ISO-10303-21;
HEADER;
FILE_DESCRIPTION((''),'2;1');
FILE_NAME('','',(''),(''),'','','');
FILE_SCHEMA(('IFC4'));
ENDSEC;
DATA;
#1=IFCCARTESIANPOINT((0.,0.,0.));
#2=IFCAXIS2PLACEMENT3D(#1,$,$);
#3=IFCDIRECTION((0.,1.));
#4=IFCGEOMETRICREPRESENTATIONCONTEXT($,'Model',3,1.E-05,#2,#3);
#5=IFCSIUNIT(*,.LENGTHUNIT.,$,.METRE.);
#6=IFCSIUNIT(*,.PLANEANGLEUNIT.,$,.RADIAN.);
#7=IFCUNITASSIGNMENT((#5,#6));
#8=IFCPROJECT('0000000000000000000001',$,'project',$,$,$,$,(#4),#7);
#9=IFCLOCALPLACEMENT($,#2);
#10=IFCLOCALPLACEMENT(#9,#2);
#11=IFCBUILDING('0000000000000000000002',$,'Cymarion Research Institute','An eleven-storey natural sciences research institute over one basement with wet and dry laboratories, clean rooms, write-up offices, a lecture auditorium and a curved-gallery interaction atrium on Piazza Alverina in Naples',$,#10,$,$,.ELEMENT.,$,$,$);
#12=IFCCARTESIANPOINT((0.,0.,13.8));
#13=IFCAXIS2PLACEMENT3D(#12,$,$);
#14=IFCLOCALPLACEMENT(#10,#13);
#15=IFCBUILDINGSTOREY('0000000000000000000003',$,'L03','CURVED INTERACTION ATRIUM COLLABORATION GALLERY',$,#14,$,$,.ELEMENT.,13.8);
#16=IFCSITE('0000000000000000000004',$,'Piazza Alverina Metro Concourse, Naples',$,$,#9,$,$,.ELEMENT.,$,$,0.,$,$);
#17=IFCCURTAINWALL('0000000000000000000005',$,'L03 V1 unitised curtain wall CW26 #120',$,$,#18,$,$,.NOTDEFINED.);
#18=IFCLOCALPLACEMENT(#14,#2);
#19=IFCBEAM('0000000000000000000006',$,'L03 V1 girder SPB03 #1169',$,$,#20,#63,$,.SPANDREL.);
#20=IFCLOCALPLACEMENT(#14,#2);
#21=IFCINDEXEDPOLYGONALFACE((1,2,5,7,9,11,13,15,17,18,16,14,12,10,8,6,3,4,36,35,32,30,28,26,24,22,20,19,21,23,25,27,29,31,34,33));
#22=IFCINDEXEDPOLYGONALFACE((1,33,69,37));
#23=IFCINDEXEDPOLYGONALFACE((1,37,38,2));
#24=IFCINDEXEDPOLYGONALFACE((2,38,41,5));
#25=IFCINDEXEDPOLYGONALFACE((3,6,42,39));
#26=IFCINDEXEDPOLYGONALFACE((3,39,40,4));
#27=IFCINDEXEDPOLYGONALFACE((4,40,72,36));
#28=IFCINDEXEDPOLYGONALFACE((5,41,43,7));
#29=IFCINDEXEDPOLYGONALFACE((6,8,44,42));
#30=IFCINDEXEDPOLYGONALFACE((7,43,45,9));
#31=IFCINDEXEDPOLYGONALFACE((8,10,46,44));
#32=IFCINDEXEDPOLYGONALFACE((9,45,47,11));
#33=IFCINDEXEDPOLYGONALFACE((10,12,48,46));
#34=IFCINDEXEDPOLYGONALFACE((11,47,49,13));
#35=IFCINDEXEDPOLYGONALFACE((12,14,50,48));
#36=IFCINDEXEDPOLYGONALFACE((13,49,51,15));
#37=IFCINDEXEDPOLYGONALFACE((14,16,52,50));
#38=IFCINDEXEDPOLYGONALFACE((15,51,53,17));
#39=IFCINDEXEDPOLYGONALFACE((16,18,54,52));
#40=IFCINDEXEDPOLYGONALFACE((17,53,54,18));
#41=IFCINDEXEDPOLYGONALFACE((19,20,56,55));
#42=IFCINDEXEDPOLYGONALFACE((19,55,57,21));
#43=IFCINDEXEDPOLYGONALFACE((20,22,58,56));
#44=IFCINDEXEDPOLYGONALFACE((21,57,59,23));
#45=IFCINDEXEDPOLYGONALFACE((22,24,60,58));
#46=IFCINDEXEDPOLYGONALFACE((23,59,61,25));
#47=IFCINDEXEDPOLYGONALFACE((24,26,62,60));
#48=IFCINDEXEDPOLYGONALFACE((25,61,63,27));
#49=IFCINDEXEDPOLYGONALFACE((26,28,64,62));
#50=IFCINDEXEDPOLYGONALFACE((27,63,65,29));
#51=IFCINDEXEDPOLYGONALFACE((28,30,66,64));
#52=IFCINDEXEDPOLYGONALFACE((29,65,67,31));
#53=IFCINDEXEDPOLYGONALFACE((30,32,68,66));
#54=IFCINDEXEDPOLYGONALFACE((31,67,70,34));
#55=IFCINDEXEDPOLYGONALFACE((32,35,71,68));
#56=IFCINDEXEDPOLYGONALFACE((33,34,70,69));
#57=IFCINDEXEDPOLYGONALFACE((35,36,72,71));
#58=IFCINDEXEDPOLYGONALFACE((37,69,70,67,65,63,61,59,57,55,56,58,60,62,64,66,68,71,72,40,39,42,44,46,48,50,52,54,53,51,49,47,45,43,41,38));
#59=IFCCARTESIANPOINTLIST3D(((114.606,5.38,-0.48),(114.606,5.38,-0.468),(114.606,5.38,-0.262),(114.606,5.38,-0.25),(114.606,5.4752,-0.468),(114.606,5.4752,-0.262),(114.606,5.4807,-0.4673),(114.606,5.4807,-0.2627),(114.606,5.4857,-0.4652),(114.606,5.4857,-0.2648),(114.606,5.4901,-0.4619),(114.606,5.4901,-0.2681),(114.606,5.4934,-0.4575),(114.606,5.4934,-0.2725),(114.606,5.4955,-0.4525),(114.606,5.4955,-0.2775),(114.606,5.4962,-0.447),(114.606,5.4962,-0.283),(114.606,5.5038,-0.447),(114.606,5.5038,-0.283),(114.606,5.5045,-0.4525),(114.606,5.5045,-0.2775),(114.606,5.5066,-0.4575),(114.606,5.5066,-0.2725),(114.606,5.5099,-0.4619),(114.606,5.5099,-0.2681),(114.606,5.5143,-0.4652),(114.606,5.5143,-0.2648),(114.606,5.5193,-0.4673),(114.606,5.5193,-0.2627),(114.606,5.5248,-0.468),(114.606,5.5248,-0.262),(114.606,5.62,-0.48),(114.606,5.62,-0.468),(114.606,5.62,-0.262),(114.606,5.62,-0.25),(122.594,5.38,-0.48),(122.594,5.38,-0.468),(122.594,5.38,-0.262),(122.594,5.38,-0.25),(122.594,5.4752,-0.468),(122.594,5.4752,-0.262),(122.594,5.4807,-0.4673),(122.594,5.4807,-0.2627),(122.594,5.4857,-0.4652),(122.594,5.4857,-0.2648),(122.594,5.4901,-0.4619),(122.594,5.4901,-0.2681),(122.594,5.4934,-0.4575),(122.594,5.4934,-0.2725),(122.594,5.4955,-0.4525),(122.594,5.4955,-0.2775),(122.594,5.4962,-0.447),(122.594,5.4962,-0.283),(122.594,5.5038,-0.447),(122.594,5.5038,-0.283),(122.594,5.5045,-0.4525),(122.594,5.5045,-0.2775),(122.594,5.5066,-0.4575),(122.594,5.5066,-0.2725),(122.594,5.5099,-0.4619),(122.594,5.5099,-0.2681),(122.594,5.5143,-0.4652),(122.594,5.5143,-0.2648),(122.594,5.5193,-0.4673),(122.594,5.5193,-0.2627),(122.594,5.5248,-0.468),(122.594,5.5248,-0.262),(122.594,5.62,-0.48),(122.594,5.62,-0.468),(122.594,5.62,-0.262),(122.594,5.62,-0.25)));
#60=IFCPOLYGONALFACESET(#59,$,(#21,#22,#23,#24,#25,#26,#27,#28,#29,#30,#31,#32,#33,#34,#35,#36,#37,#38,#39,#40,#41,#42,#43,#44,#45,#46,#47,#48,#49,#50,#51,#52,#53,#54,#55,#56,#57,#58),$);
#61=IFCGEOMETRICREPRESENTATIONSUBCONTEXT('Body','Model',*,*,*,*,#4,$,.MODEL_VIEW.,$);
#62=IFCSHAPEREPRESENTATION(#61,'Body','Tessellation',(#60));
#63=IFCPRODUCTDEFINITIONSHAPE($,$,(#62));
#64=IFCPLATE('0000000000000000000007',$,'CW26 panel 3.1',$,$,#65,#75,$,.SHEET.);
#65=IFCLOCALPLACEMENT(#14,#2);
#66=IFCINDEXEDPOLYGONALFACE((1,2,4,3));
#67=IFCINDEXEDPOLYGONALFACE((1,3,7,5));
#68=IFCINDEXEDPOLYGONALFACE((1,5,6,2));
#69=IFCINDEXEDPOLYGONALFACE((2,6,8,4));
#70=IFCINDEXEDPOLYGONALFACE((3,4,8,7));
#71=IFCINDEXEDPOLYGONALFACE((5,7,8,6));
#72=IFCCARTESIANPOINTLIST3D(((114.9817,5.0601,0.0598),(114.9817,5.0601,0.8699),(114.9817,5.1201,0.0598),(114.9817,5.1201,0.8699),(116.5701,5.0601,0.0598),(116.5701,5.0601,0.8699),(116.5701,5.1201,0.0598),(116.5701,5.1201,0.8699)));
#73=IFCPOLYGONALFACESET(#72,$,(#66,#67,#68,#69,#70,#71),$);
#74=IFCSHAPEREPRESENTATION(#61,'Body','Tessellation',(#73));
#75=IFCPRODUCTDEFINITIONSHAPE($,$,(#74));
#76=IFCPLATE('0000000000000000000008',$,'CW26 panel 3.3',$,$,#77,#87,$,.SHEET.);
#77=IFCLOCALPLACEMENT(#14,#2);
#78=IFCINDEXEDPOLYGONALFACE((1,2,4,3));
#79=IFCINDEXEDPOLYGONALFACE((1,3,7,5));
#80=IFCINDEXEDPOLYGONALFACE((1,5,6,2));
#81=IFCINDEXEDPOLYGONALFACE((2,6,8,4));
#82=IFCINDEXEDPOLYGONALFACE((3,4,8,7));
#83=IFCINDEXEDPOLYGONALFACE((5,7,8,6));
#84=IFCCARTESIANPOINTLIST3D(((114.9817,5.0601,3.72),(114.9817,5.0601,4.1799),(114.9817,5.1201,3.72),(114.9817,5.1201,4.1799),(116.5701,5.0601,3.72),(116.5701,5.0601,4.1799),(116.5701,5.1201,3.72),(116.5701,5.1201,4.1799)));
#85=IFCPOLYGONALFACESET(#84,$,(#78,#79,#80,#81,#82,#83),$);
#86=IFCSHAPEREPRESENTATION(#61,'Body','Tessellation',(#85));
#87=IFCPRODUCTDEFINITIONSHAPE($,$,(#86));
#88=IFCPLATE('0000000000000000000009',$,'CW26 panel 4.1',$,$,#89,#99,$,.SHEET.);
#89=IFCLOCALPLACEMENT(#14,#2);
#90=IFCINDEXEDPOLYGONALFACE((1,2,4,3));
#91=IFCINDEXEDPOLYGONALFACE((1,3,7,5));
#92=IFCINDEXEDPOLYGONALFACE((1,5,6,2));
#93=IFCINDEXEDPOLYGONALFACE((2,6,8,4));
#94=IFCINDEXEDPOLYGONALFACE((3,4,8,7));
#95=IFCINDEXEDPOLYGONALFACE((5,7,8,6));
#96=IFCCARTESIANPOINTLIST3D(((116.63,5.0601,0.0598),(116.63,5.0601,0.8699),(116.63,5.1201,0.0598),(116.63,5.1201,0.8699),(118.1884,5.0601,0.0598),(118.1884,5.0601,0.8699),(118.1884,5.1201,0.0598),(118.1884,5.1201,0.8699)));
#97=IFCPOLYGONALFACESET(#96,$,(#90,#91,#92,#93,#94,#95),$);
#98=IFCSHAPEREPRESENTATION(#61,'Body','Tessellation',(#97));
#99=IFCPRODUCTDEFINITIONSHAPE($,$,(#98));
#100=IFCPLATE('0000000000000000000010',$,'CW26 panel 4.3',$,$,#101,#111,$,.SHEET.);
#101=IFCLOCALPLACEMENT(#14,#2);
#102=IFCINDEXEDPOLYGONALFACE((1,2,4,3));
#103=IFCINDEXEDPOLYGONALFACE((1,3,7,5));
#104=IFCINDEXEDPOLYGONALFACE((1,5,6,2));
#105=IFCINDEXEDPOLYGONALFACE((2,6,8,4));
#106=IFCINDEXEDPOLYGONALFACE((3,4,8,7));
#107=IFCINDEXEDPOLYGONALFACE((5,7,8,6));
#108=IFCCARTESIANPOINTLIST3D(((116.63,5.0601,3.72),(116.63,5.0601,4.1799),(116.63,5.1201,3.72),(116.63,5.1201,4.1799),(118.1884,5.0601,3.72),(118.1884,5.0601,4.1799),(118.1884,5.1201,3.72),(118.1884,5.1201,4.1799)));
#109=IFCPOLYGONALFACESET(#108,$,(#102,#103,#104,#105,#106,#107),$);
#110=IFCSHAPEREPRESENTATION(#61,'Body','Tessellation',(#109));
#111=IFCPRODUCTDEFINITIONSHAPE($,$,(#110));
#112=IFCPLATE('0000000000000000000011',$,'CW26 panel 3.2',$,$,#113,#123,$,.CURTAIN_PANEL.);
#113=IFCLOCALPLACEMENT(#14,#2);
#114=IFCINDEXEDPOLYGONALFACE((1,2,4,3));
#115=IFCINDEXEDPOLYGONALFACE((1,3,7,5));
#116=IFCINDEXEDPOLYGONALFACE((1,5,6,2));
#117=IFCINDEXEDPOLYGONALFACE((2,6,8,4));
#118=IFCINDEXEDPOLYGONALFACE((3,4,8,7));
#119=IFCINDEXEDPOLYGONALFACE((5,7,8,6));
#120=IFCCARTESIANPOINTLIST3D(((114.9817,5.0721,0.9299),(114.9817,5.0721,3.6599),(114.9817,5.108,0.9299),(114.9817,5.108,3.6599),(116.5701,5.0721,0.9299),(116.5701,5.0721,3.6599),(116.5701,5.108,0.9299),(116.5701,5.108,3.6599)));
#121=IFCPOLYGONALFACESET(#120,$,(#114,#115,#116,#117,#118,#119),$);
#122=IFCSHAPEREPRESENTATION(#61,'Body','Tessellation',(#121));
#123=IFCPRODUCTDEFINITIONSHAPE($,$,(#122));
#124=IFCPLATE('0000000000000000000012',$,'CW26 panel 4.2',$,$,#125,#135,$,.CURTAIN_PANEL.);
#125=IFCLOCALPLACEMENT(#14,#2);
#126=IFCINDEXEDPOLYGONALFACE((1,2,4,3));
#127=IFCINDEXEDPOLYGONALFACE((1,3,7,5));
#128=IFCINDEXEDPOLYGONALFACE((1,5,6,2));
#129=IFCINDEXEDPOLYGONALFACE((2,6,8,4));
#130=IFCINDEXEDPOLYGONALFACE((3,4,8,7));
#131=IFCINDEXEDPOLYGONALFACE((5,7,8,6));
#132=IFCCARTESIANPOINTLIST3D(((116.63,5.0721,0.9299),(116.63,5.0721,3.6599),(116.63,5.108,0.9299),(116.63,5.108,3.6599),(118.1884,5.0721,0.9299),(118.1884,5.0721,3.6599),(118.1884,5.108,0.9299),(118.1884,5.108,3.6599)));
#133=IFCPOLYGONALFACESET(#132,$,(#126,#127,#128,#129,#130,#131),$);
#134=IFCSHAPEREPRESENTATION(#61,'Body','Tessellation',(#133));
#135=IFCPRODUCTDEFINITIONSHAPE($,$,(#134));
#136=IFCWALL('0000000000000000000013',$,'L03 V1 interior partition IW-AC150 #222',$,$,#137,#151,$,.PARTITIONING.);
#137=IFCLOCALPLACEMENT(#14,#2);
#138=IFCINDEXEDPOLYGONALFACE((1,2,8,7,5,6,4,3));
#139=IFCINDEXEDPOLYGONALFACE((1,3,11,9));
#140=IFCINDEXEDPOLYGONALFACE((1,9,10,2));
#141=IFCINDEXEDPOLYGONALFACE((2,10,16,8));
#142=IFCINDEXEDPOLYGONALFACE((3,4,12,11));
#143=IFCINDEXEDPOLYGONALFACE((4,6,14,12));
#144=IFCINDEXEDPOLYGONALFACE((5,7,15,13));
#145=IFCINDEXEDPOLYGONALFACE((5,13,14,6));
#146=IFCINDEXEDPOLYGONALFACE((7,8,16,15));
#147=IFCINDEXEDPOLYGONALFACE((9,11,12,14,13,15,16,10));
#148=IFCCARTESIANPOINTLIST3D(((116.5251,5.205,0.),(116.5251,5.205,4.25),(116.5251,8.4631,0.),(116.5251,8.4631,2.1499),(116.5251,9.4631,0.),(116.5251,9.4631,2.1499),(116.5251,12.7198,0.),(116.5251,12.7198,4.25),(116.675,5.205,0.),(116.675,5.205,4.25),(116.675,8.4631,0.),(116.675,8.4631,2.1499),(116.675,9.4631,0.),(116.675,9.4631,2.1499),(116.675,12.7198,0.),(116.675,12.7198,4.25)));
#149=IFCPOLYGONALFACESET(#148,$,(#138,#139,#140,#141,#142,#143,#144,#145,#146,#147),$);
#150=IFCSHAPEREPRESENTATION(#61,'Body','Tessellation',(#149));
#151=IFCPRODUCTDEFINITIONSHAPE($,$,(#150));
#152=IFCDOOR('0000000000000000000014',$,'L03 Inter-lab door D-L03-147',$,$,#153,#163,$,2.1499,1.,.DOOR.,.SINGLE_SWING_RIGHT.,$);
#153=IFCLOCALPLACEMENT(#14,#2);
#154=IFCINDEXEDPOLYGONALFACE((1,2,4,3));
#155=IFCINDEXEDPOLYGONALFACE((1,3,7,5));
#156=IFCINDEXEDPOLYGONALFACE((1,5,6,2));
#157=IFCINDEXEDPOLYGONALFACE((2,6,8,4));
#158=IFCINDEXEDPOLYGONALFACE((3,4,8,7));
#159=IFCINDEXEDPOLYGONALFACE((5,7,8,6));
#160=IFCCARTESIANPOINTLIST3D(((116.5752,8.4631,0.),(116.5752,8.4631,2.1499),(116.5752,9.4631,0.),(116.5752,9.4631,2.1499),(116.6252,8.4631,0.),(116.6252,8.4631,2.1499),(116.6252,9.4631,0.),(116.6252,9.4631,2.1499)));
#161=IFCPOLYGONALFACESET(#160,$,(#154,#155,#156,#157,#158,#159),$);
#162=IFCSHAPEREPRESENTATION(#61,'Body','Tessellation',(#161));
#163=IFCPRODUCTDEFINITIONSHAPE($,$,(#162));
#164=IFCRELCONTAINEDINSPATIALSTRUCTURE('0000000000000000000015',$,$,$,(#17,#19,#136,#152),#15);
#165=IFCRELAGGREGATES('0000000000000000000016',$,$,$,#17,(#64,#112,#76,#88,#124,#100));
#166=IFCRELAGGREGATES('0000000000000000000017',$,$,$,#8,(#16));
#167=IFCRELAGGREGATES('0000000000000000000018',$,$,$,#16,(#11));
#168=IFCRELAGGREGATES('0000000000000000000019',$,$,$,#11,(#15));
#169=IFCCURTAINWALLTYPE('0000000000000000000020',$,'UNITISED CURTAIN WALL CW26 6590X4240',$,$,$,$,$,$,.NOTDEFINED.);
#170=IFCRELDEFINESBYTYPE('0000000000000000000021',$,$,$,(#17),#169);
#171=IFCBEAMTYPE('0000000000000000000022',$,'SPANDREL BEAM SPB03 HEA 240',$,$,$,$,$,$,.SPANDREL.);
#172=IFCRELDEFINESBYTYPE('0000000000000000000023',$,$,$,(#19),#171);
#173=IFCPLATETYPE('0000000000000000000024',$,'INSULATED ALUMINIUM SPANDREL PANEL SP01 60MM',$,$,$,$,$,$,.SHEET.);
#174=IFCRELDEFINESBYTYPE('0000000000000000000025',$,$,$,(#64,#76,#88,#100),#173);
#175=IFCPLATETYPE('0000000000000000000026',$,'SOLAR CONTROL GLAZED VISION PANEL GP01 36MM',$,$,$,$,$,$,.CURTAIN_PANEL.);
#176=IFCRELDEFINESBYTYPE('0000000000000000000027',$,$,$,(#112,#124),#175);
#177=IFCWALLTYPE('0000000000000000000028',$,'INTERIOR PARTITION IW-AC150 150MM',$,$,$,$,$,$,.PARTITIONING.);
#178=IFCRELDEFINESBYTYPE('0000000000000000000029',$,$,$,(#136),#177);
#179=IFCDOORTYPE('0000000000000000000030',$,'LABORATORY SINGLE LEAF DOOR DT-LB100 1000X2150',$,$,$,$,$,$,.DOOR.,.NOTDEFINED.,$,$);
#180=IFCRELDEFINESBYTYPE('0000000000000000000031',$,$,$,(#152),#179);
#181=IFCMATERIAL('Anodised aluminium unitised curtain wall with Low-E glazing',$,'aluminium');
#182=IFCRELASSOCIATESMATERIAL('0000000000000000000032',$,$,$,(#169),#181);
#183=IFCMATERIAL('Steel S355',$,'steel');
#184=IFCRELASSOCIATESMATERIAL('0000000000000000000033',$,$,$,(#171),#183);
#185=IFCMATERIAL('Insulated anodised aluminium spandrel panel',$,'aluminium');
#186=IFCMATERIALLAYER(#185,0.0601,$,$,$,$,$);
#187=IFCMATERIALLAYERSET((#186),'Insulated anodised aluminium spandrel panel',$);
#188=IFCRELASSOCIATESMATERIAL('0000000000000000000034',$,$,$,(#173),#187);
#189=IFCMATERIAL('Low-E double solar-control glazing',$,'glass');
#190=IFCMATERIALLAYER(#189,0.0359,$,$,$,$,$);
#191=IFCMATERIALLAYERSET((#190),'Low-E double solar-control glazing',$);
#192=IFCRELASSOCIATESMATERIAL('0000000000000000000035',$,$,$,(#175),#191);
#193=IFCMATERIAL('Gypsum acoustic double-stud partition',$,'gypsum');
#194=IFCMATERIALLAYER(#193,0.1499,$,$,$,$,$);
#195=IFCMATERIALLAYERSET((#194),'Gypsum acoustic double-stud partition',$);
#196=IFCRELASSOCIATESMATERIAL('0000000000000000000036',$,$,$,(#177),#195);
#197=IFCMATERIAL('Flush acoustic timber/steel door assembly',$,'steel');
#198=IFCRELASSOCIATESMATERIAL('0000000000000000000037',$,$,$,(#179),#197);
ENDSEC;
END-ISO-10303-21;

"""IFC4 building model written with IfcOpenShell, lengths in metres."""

from ifc_helpers import new_model, si_unit, direction, frame, frame_2d, origin, origin_2d, place, context, subcontext, project, spatial, rectangle, i_section, extrude, material, layer, layer_set, material_profile, profile_set, type_object, element, fill, aggregate, save


model = new_model("IFC4")

# Units and contexts
model_context = context("Model", 3, precision=1e-05, world=origin(), true_north=direction((0.0, 1.0)))
body_context = subcontext(model_context, "Body", "Model", "MODEL_VIEW")
ifc_project = project(units=[si_unit("LENGTHUNIT", "METRE"), si_unit("PLANEANGLEUNIT", "RADIAN")], contexts=[model_context])

# Site, building, storey
site_placement = place(None, origin())
site = spatial("IfcSite", under=ifc_project, at=site_placement, Name="Piazza Alverina Metro Concourse, Naples", CompositionType="ELEMENT", RefElevation=0.0)
building_placement = place(site_placement, origin())
building = spatial("IfcBuilding", under=site, at=building_placement, Name="Cymarion Research Institute", Description="An eleven-storey natural sciences research institute over one basement with wet and dry laboratories, clean rooms, write-up offices, a lecture auditorium and a curved-gallery interaction atrium on Piazza Alverina in Naples", CompositionType="ELEMENT")
storey_placement = place(building_placement, frame((0.0, 0.0, 13.8)))
storey = spatial("IfcBuildingStorey", under=building, at=storey_placement, Name="L03", Description="CURVED INTERACTION ATRIUM COLLABORATION GALLERY", CompositionType="ELEMENT", Elevation=13.8)

# Shared definitions
ifc_material_1 = material(Name="Steel S355", Category="steel")

# Curtain wall
ifc_material_2 = material(Name="Anodised aluminium unitised curtain wall with Low-E glazing", Category="aluminium")
curtain_wall_type = type_object("IfcCurtainWallType", Name="UNITISED CURTAIN WALL CW26 6590X4240", PredefinedType="NOTDEFINED", material=ifc_material_2)
curtain_wall_1_placement = place(storey_placement, origin())
curtain_wall_1 = element("IfcCurtainWall", 1, at=curtain_wall_1_placement, inside=storey, type_object=curtain_wall_type, Name="L03 V1 unitised curtain wall CW26 #120", PredefinedType="NOTDEFINED")

# Beam
ifc_material_profile_1 = material_profile(ifc_material_1, i_section(OverallWidth=0.24, OverallDepth=0.23, WebThickness=0.0076, FlangeThickness=0.012, FilletRadius=0.021, at=origin_2d()), Name="HEA 240")
ifc_profile_set_1 = profile_set([ifc_material_profile_1], Name="Steel S355")
beam_type_1 = type_object("IfcBeamType", Name="SPANDREL BEAM SPB03 HEA 240", PredefinedType="SPANDREL", material=ifc_profile_set_1)
beam_1_placement = place(storey_placement, frame((114.606, 5.5, -0.365), z_axis=(1.0, 0.0, 0.0), x_axis=(0.0, 1.0, 0.0)))
element("IfcBeam", 2, at=beam_1_placement, inside=storey, type_object=beam_type_1, Name="L03 V1 girder SPB03 #1169", PredefinedType="SPANDREL", context=body_context, shape_type="SweptSolid", body=[
    extrude(i_section(OverallWidth=0.24, OverallDepth=0.23, WebThickness=0.0076, FlangeThickness=0.012, FilletRadius=0.021, at=origin_2d()), origin(), (0.0, 0.0, 1.0), 7.988),
])

# Plates
ifc_material_3 = material(Name="Insulated anodised aluminium spandrel panel", Category="aluminium")
ifc_layer_1 = layer(ifc_material_3, 0.0601)
ifc_layer_set_1 = layer_set([ifc_layer_1], Name="Insulated anodised aluminium spandrel panel")
plate_type_1 = type_object("IfcPlateType", Name="INSULATED ALUMINIUM SPANDREL PANEL SP01 60MM", PredefinedType="SHEET", material=ifc_layer_set_1)
plate_1_placement = place(storey_placement, frame((115.7759, 5.0901, 0.0598), z_axis=(0.0, 0.0, 1.0), x_axis=(1.0, 0.0, 0.0)))
plate_1 = element("IfcPlate", 3, at=plate_1_placement, type_object=plate_type_1, Name="CW26 panel 3.1", PredefinedType="SHEET", context=body_context, shape_type="SweptSolid", body=[
    extrude(rectangle(XDim=1.5884, YDim=0.0601, at=origin_2d()), origin(), (0.0, 0.0, 1.0), 0.8101),
])
plate_2_placement = place(storey_placement, frame((115.7759, 5.0901, 3.72), z_axis=(0.0, 0.0, 1.0), x_axis=(1.0, 0.0, 0.0)))
plate_2 = element("IfcPlate", 4, at=plate_2_placement, type_object=plate_type_1, Name="CW26 panel 3.3", PredefinedType="SHEET", context=body_context, shape_type="SweptSolid", body=[
    extrude(rectangle(XDim=1.5884, YDim=0.0601, at=origin_2d()), origin(), (0.0, 0.0, 1.0), 0.46),
])
plate_3_placement = place(storey_placement, frame((117.4092, 5.0901, 0.0598), z_axis=(0.0, 0.0, 1.0), x_axis=(1.0, 0.0, 0.0)))
plate_3 = element("IfcPlate", 5, at=plate_3_placement, type_object=plate_type_1, Name="CW26 panel 4.1", PredefinedType="SHEET", context=body_context, shape_type="SweptSolid", body=[
    extrude(rectangle(XDim=1.5583, YDim=0.0601, at=origin_2d()), origin(), (0.0, 0.0, 1.0), 0.8101),
])
plate_4_placement = place(storey_placement, frame((117.4092, 5.0901, 3.72), z_axis=(0.0, 0.0, 1.0), x_axis=(1.0, 0.0, 0.0)))
plate_4 = element("IfcPlate", 6, at=plate_4_placement, type_object=plate_type_1, Name="CW26 panel 4.3", PredefinedType="SHEET", context=body_context, shape_type="SweptSolid", body=[
    extrude(rectangle(XDim=1.5583, YDim=0.0601, at=origin_2d()), origin(), (0.0, 0.0, 1.0), 0.46),
])
ifc_material_4 = material(Name="Low-E double solar-control glazing", Category="glass")
ifc_layer_2 = layer(ifc_material_4, 0.0359)
ifc_layer_set_2 = layer_set([ifc_layer_2], Name="Low-E double solar-control glazing")
plate_type_2 = type_object("IfcPlateType", Name="SOLAR CONTROL GLAZED VISION PANEL GP01 36MM", PredefinedType="CURTAIN_PANEL", material=ifc_layer_set_2)
plate_5_placement = place(storey_placement, frame((115.7759, 5.0901, 0.9299), z_axis=(0.0, 0.0, 1.0), x_axis=(1.0, 0.0, 0.0)))
plate_5 = element("IfcPlate", 7, at=plate_5_placement, type_object=plate_type_2, Name="CW26 panel 3.2", PredefinedType="CURTAIN_PANEL", context=body_context, shape_type="SweptSolid", body=[
    extrude(rectangle(XDim=1.5884, YDim=0.0359, at=origin_2d()), origin(), (0.0, 0.0, 1.0), 2.73),
])
plate_6_placement = place(storey_placement, frame((117.4092, 5.0901, 0.9299), z_axis=(0.0, 0.0, 1.0), x_axis=(1.0, 0.0, 0.0)))
plate_6 = element("IfcPlate", 8, at=plate_6_placement, type_object=plate_type_2, Name="CW26 panel 4.2", PredefinedType="CURTAIN_PANEL", context=body_context, shape_type="SweptSolid", body=[
    extrude(rectangle(XDim=1.5583, YDim=0.0359, at=origin_2d()), origin(), (0.0, 0.0, 1.0), 2.73),
])
aggregate(curtain_wall_1, [plate_1, plate_5, plate_2, plate_3, plate_6, plate_4])

# Wall, opening, door
ifc_material_5 = material(Name="Gypsum acoustic double-stud partition", Category="gypsum")
ifc_layer_3 = layer(ifc_material_5, 0.1499)
ifc_layer_set_3 = layer_set([ifc_layer_3], Name="Gypsum acoustic double-stud partition")
wall_type = type_object("IfcWallType", Name="INTERIOR PARTITION IW-AC150 150MM", PredefinedType="PARTITIONING", material=ifc_layer_set_3)
wall_placement = place(storey_placement, frame((116.6001, 5.2051, 0.0), z_axis=(0.0, 0.0, 1.0), x_axis=(0.0, 1.0, 0.0)))
wall = element("IfcWall", 9, at=wall_placement, inside=storey, type_object=wall_type, Name="L03 V1 interior partition IW-AC150 #222", PredefinedType="PARTITIONING", context=body_context, shape_type="SweptSolid", body=[
    extrude(rectangle(XDim=7.5149, YDim=0.1499, at=frame_2d((3.7573, 0.0))), origin(), (0.0, 0.0, 1.0), 4.25),
])
opening_placement = place(wall_placement, frame((3.2581, 0.0, 0.0)))
opening = element("IfcOpeningElement", 10, at=opening_placement, cuts=wall, PredefinedType="OPENING", context=body_context, shape_type="SweptSolid", body=[
    extrude(rectangle(XDim=1.0, YDim=2.1499, at=frame_2d((0.5, 1.075))), frame((0.0, 0.085, 0.0), z_axis=(0.0, -1.0, 0.0), x_axis=(1.0, 0.0, 0.0)), (0.0, 0.0, 1.0), 0.1699),
])
ifc_material_6 = material(Name="Flush acoustic timber/steel door assembly", Category="steel")
door_type = type_object("IfcDoorType", Name="LABORATORY SINGLE LEAF DOOR DT-LB100 1000X2150", OperationType="NOTDEFINED", PredefinedType="DOOR", material=ifc_material_6)
door_placement = place(opening_placement, origin())
door = element("IfcDoor", 11, at=door_placement, inside=storey, type_object=door_type, Name="L03 Inter-lab door D-L03-147", OperationType="SINGLE_SWING_RIGHT", OverallHeight=2.1499, OverallWidth=1.0, PredefinedType="DOOR", context=body_context, shape_type="SweptSolid", body=[
    extrude(rectangle(XDim=1.0, YDim=2.1499, at=frame_2d((0.5, 1.075))), frame((0.0, 0.0249, 0.0), z_axis=(0.0, -1.0, 0.0), x_axis=(1.0, 0.0, 0.0)), (0.0, 0.0, 1.0), 0.05),
])
fill(opening, door)

save(model, "model.ifc")
